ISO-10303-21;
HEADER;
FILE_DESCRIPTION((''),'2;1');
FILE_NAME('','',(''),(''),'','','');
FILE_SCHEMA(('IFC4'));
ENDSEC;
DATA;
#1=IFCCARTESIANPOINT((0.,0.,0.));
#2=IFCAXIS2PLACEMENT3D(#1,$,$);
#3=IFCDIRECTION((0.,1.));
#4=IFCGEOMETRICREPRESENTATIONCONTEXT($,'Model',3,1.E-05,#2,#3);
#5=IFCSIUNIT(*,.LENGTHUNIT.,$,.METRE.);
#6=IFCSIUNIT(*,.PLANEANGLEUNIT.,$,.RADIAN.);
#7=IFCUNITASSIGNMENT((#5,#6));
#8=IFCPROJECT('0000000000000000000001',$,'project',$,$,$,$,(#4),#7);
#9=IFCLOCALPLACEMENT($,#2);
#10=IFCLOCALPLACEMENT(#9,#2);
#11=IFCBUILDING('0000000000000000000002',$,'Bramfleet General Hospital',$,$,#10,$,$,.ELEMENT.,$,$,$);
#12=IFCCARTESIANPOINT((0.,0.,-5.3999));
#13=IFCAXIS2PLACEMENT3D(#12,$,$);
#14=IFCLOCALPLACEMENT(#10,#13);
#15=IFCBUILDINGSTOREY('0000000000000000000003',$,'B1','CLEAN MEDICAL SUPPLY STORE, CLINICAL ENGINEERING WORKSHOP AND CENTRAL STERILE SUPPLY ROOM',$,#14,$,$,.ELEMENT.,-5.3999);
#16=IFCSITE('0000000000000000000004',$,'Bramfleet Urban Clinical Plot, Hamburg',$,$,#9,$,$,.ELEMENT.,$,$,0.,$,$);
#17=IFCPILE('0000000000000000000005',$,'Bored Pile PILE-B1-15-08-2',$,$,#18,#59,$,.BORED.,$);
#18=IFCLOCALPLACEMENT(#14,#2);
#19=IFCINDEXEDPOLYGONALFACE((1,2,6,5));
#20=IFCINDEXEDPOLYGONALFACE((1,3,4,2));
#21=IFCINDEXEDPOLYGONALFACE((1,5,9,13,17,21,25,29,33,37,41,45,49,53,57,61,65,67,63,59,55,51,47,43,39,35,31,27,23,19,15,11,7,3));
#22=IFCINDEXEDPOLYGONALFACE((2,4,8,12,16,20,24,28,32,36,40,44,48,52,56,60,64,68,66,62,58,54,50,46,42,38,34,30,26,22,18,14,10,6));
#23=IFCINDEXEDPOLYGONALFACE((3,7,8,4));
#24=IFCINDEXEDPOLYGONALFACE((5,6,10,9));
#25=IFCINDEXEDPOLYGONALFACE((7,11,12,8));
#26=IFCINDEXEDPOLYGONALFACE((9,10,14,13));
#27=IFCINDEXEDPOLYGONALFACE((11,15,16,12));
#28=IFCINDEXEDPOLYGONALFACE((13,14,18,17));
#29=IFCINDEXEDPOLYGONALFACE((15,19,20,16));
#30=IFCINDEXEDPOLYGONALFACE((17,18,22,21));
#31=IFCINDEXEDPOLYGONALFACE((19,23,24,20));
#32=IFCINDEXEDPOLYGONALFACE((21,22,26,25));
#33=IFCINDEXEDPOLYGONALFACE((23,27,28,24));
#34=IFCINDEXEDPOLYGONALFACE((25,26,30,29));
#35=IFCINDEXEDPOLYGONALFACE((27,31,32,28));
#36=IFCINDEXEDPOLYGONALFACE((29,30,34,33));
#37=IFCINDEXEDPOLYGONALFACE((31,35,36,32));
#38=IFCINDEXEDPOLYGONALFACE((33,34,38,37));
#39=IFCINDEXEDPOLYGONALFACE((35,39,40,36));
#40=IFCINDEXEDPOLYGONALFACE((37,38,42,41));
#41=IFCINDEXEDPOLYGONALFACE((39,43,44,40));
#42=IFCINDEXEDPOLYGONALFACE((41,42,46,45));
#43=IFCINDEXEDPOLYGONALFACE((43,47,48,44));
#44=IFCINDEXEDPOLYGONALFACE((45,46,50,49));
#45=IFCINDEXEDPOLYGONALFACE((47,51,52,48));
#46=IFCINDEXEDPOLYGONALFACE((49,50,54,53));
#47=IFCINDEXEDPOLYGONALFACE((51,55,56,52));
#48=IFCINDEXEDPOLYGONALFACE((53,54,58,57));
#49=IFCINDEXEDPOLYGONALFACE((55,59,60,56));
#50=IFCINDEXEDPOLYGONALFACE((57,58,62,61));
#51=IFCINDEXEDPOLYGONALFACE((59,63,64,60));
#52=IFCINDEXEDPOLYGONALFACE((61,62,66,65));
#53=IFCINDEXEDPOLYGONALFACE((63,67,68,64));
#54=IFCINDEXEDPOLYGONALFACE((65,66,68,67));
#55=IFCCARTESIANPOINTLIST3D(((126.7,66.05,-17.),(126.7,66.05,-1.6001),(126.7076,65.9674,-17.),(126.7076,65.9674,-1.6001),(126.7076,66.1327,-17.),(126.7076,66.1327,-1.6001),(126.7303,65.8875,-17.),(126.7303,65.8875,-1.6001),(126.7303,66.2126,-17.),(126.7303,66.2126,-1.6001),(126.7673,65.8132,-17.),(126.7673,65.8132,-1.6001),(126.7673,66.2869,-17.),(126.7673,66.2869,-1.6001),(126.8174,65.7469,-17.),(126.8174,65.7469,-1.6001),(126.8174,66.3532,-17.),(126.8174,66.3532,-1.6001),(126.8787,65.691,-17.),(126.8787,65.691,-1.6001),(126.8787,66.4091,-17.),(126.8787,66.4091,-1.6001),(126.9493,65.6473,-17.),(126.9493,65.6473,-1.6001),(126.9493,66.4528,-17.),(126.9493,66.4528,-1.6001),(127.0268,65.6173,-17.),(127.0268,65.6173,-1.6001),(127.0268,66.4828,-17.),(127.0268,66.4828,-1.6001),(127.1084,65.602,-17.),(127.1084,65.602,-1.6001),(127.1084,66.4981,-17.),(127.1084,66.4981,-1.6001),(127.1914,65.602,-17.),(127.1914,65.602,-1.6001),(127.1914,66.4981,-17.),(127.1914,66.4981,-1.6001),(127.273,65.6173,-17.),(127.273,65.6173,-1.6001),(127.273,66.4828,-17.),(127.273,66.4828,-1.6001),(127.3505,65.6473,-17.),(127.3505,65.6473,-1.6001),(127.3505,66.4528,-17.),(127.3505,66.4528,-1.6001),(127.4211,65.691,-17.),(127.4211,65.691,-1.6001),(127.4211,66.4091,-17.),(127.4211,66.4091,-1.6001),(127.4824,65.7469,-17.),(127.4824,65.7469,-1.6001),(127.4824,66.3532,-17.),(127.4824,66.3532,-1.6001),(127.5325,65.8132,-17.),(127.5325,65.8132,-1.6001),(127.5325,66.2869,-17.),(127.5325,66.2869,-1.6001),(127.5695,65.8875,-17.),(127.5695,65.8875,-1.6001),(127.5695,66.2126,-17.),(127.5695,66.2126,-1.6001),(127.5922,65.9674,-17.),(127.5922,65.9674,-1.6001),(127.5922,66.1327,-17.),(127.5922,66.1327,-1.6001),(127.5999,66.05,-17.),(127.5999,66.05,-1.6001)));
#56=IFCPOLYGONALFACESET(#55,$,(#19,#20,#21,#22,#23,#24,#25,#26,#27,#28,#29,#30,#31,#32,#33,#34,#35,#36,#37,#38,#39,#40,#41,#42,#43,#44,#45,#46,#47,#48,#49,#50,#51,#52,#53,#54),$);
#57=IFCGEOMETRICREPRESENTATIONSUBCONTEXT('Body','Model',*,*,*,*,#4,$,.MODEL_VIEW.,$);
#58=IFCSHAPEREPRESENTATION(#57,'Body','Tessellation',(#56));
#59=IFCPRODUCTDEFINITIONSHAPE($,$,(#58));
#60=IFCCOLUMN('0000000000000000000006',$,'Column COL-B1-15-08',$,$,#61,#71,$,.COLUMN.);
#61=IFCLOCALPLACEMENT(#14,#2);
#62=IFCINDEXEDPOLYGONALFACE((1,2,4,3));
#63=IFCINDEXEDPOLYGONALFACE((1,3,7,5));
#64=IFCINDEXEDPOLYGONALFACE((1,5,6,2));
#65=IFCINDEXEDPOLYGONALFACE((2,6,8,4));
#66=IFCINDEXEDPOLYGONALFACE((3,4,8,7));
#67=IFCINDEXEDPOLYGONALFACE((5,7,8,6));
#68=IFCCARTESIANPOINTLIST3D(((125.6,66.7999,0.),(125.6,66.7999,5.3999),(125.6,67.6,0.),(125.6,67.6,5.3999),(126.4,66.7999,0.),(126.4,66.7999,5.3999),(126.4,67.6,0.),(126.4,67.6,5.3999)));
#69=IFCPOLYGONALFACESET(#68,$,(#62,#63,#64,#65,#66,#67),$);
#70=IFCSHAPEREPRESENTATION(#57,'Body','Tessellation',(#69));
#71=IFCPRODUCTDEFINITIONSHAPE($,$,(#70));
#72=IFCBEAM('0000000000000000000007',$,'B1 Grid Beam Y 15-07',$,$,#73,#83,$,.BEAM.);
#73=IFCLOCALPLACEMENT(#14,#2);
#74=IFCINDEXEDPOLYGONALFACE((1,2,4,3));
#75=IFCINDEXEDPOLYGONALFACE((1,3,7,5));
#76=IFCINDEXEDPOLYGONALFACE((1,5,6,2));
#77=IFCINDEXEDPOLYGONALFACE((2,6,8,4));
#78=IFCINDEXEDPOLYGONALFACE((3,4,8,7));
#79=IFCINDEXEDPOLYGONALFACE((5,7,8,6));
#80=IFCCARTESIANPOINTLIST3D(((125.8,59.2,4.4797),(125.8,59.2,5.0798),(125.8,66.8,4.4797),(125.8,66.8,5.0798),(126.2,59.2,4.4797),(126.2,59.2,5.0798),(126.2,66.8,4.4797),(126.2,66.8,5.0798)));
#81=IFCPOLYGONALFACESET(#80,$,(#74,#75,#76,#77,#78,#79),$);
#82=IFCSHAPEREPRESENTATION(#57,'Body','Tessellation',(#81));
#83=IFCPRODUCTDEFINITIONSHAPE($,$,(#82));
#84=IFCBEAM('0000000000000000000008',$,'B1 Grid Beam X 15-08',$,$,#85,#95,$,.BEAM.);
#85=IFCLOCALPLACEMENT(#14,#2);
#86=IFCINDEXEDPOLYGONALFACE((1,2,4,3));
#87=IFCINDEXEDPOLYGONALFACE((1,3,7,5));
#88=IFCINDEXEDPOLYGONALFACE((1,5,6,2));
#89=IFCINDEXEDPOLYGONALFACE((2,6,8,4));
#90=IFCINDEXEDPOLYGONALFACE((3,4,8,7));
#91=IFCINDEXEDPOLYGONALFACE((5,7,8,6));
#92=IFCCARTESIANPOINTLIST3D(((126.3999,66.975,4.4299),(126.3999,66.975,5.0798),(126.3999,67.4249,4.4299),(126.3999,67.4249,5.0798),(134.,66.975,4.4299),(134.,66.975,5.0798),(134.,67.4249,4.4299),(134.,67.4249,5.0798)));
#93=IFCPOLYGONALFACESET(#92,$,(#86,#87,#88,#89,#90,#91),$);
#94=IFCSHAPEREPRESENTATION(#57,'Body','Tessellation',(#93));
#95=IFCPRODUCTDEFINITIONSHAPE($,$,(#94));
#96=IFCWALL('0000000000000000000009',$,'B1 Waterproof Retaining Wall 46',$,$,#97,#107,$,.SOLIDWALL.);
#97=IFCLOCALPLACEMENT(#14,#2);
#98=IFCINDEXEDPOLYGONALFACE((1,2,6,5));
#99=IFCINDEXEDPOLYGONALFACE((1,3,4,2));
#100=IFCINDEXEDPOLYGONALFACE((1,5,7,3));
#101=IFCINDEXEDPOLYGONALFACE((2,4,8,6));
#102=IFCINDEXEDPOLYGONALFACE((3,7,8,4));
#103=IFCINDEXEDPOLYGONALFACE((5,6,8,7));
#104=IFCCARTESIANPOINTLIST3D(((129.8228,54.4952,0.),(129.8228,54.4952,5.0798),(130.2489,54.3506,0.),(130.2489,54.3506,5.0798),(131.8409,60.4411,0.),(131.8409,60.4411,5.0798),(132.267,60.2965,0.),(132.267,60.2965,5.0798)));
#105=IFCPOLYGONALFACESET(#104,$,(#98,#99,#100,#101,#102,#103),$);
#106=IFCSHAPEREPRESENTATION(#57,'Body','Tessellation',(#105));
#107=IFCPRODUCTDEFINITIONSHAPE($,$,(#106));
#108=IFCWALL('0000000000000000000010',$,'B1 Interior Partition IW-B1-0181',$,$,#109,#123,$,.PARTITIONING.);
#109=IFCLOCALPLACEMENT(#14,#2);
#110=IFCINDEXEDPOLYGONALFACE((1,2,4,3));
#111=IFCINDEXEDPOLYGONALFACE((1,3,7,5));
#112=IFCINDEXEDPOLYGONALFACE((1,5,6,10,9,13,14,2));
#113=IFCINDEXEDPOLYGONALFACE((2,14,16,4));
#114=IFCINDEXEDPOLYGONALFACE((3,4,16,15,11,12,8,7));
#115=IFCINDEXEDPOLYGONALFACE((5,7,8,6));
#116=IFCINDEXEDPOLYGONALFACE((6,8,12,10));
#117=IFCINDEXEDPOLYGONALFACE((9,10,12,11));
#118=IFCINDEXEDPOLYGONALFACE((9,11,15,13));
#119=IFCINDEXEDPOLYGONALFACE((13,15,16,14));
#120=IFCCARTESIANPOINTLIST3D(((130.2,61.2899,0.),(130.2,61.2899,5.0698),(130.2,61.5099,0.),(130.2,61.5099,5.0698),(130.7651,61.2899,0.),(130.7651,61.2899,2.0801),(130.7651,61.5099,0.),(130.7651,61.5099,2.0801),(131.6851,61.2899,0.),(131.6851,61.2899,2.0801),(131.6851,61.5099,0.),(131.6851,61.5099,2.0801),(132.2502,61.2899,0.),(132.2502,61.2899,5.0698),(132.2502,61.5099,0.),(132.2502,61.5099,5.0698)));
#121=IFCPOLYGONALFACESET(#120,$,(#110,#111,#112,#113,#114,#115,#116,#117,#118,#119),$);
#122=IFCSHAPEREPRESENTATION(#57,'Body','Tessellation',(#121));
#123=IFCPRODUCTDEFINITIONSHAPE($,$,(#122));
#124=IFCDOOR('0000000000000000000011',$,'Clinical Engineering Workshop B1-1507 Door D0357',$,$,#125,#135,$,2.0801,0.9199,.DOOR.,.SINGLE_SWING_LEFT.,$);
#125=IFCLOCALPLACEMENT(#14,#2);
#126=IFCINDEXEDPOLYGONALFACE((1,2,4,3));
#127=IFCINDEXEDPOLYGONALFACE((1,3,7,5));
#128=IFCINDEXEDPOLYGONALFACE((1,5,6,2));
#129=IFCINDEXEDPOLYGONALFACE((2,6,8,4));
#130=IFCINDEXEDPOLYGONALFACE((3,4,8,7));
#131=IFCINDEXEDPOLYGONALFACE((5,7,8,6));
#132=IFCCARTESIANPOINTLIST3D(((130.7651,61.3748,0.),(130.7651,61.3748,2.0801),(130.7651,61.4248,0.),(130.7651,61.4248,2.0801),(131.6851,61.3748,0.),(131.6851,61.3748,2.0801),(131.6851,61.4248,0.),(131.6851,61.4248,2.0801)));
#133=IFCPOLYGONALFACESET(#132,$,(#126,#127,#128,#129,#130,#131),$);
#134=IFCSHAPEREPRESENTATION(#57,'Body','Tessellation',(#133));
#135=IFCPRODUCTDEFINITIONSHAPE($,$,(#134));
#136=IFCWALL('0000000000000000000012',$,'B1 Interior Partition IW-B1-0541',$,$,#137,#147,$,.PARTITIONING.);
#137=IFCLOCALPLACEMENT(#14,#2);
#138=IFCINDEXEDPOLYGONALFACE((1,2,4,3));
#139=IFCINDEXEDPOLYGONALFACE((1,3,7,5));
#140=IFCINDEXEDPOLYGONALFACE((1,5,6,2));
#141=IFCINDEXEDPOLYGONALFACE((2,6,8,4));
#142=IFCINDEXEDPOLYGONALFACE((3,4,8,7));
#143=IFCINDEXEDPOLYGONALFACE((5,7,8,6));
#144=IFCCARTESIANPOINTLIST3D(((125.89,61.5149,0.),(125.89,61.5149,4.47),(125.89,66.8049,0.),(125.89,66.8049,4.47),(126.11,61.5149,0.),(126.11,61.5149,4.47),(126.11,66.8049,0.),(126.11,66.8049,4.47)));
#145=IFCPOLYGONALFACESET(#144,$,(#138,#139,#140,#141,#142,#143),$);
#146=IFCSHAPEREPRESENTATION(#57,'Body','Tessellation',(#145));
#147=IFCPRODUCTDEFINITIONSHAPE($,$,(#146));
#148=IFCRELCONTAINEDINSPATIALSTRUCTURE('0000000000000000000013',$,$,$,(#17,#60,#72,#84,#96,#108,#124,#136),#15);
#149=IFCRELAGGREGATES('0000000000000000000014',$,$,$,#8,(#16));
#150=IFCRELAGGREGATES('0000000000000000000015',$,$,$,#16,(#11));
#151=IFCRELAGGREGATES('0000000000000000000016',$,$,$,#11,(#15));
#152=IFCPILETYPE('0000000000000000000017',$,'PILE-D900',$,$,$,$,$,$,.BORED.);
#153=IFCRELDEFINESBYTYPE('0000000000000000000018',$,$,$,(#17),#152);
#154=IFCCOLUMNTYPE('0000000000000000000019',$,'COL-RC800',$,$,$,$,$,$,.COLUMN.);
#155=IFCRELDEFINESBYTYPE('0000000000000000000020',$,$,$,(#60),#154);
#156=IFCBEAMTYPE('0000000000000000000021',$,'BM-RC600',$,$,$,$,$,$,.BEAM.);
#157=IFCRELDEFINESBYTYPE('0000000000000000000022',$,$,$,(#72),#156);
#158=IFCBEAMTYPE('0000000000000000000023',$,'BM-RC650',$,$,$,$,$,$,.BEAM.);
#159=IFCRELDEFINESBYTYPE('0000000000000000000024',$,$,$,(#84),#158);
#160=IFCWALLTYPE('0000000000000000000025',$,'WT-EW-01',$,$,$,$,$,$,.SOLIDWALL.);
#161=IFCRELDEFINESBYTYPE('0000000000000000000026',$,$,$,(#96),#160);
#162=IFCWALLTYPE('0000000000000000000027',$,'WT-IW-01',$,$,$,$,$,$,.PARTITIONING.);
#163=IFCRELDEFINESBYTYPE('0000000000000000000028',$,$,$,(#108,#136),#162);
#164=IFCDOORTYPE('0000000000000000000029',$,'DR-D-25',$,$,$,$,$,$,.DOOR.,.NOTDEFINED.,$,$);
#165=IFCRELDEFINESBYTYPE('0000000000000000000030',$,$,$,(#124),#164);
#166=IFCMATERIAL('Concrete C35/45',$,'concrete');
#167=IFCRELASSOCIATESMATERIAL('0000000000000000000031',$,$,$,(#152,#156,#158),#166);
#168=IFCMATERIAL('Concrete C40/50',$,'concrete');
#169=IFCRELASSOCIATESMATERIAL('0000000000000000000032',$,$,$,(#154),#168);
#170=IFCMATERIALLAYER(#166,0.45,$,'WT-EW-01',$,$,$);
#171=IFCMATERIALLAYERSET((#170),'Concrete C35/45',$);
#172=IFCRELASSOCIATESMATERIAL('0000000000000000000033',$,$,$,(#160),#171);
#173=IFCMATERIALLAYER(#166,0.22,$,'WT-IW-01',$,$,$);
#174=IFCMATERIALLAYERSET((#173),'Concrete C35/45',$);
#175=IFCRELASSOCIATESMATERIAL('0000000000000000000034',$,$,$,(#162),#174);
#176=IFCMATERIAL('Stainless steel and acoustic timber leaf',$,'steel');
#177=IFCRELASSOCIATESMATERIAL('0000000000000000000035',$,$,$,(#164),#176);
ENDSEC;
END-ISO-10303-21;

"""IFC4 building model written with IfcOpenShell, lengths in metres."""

from ifc_helpers import new_model, si_unit, direction, frame, frame_2d, origin, origin_2d, place, context, subcontext, project, spatial, rectangle, circle, extrude, material, layer, layer_set, material_profile, profile_set, type_object, element, fill, save


model = new_model("IFC4")

# Units and contexts
model_context = context("Model", 3, precision=1e-05, world=origin(), true_north=direction((0.0, 1.0)))
body_context = subcontext(model_context, "Body", "Model", "MODEL_VIEW")
ifc_project = project(units=[si_unit("LENGTHUNIT", "METRE"), si_unit("PLANEANGLEUNIT", "RADIAN")], contexts=[model_context])

# Site, building, storey
site_placement = place(None, origin())
site = spatial("IfcSite", under=ifc_project, at=site_placement, Name="Bramfleet Urban Clinical Plot, Hamburg", CompositionType="ELEMENT", RefElevation=0.0)
building_placement = place(site_placement, origin())
building = spatial("IfcBuilding", under=site, at=building_placement, Name="Bramfleet General Hospital", CompositionType="ELEMENT")
storey_placement = place(building_placement, frame((0.0, 0.0, -5.3999)))
storey = spatial("IfcBuildingStorey", under=building, at=storey_placement, Name="B1", Description="CLEAN MEDICAL SUPPLY STORE, CLINICAL ENGINEERING WORKSHOP AND CENTRAL STERILE SUPPLY ROOM", CompositionType="ELEMENT", Elevation=-5.3999)

# Shared definitions
ifc_material_1 = material(Name="Concrete C35/45", Category="concrete")

# Pile
ifc_material_profile_1 = material_profile(ifc_material_1, circle(Radius=0.45, at=origin_2d()), Name="PILE BORED D900")
ifc_profile_set_1 = profile_set([ifc_material_profile_1], Name="Concrete C35/45")
pile_type = type_object("IfcPileType", Name="PILE-D900", PredefinedType="BORED", material=ifc_profile_set_1)
for number, where, z_axis, x_axis, name in (
    (1, (127.1499, 66.05, -1.6001), (0.0, 0.0, -1.0), (1.0, 0.0, 0.0), "Bored Pile PILE-B1-15-08-2"),
):
    element("IfcPile", number, at=place(storey_placement, frame(where, z_axis=z_axis, x_axis=x_axis)), inside=storey, type_object=pile_type, Name=name, PredefinedType="BORED", context=body_context, shape_type="SweptSolid", body=[
        extrude(circle(Radius=0.45, at=origin_2d()), origin(), (0.0, 0.0, 1.0), 15.3999),
    ])

# Column
ifc_material_2 = material(Name="Concrete C40/50", Category="concrete")
ifc_material_profile_2 = material_profile(ifc_material_2, rectangle(XDim=0.8, YDim=0.8, at=origin_2d()), Name="RC COL 800x800")
ifc_profile_set_2 = profile_set([ifc_material_profile_2], Name="Concrete C40/50")
column_type = type_object("IfcColumnType", Name="COL-RC800", PredefinedType="COLUMN", material=ifc_profile_set_2)
column_placement = place(storey_placement, frame((126.0, 67.2, 0.0), z_axis=(0.0, 0.0, 1.0), x_axis=(1.0, 0.0, 0.0)))
element("IfcColumn", 2, at=column_placement, inside=storey, type_object=column_type, Name="Column COL-B1-15-08", PredefinedType="COLUMN", context=body_context, shape_type="SweptSolid", body=[
    extrude(rectangle(XDim=0.8, YDim=0.8, at=origin_2d()), origin(), (0.0, 0.0, 1.0), 5.3999),
])

# Beams
ifc_material_profile_3 = material_profile(ifc_material_1, rectangle(XDim=0.3999, YDim=0.6001, at=origin_2d()), Name="RC BM 600x400")
ifc_profile_set_3 = profile_set([ifc_material_profile_3], Name="Concrete C35/45")
beam_type_1 = type_object("IfcBeamType", Name="BM-RC600", PredefinedType="BEAM", material=ifc_profile_set_3)
beam_1_placement = place(storey_placement, frame((126.0, 59.2, 4.7798), z_axis=(0.0, 1.0, 0.0), x_axis=(-1.0, 0.0, 0.0)))
element("IfcBeam", 3, at=beam_1_placement, inside=storey, type_object=beam_type_1, Name="B1 Grid Beam Y 15-07", PredefinedType="BEAM", context=body_context, shape_type="SweptSolid", body=[
    extrude(rectangle(XDim=0.3999, YDim=0.6001, at=origin_2d()), origin(), (0.0, 0.0, 1.0), 7.6001),
])
ifc_material_profile_4 = material_profile(ifc_material_1, rectangle(XDim=0.45, YDim=0.6499, at=origin_2d()), Name="RC BM 650x450")
ifc_profile_set_4 = profile_set([ifc_material_profile_4], Name="Concrete C35/45")
beam_type_2 = type_object("IfcBeamType", Name="BM-RC650", PredefinedType="BEAM", material=ifc_profile_set_4)
beam_2_placement = place(storey_placement, frame((126.3999, 67.2, 4.7549), z_axis=(1.0, 0.0, 0.0), x_axis=(0.0, 1.0, 0.0)))
element("IfcBeam", 4, at=beam_2_placement, inside=storey, type_object=beam_type_2, Name="B1 Grid Beam X 15-08", PredefinedType="BEAM", context=body_context, shape_type="SweptSolid", body=[
    extrude(rectangle(XDim=0.45, YDim=0.6499, at=origin_2d()), origin(), (0.0, 0.0, 1.0), 7.6001),
])

# Wall
ifc_layer_1 = layer(ifc_material_1, 0.45, Name="WT-EW-01")
ifc_layer_set_1 = layer_set([ifc_layer_1], Name="Concrete C35/45")
wall_type_1 = type_object("IfcWallType", Name="WT-EW-01", PredefinedType="SOLIDWALL", material=ifc_layer_set_1)
wall_1_placement = place(storey_placement, frame((132.054, 60.3689, 0.0), z_axis=(0.0, 0.0, 1.0), x_axis=(-0.321402, -0.946943, 0.0)))
element("IfcWall", 5, at=wall_1_placement, inside=storey, type_object=wall_type_1, Name="B1 Waterproof Retaining Wall 46", PredefinedType="SOLIDWALL", context=body_context, shape_type="SweptSolid", body=[
    extrude(rectangle(XDim=6.2791, YDim=0.45, at=frame_2d((3.1396, 0.0))), origin(), (0.0, 0.0, 1.0), 5.0798),
])

# Wall, opening, door
ifc_layer_2 = layer(ifc_material_1, 0.22, Name="WT-IW-01")
ifc_layer_set_2 = layer_set([ifc_layer_2], Name="Concrete C35/45")
wall_type_2 = type_object("IfcWallType", Name="WT-IW-01", PredefinedType="PARTITIONING", material=ifc_layer_set_2)
wall_2_placement = place(storey_placement, frame((130.2, 61.3999, 0.0), z_axis=(0.0, 0.0, 1.0), x_axis=(1.0, 0.0, 0.0)))
wall_2 = element("IfcWall", 6, at=wall_2_placement, inside=storey, type_object=wall_type_2, Name="B1 Interior Partition IW-B1-0181", PredefinedType="PARTITIONING", context=body_context, shape_type="SweptSolid", body=[
    extrude(rectangle(XDim=2.0503, YDim=0.22, at=frame_2d((1.0251, 0.0))), origin(), (0.0, 0.0, 1.0), 5.0698),
])
opening_1_placement = place(wall_2_placement, frame((0.5652, 0.0, 0.0)))
opening_1 = element("IfcOpeningElement", 7, at=opening_1_placement, cuts=wall_2, PredefinedType="OPENING", context=body_context, shape_type="SweptSolid", body=[
    extrude(rectangle(XDim=0.9199, YDim=2.0801, at=frame_2d((0.46, 1.04))), frame((0.0, 0.1199, 0.0), z_axis=(0.0, -1.0, 0.0), x_axis=(1.0, 0.0, 0.0)), (0.0, 0.0, 1.0), 0.24),
])
ifc_material_3 = material(Name="Stainless steel and acoustic timber leaf", Category="steel")
door_type_1 = type_object("IfcDoorType", Name="DR-D-25", OperationType="NOTDEFINED", PredefinedType="DOOR", material=ifc_material_3)
door_1_placement = place(opening_1_placement, origin())
door_1 = element("IfcDoor", 8, at=door_1_placement, inside=storey, type_object=door_type_1, Name="Clinical Engineering Workshop B1-1507 Door D0357", OperationType="SINGLE_SWING_LEFT", OverallHeight=2.0801, OverallWidth=0.9199, PredefinedType="DOOR", context=body_context, shape_type="SweptSolid", body=[
    extrude(rectangle(XDim=0.9199, YDim=2.0801, at=frame_2d((0.46, 1.04))), frame((0.0, 0.0249, 0.0), z_axis=(0.0, -1.0, 0.0), x_axis=(1.0, 0.0, 0.0)), (0.0, 0.0, 1.0), 0.05),
])
fill(opening_1, door_1)

# Wall
wall_3_placement = place(storey_placement, frame((126.0, 61.5149, 0.0), z_axis=(0.0, 0.0, 1.0), x_axis=(0.0, 1.0, 0.0)))
element("IfcWall", 9, at=wall_3_placement, inside=storey, type_object=wall_type_2, Name="B1 Interior Partition IW-B1-0541", PredefinedType="PARTITIONING", context=body_context, shape_type="SweptSolid", body=[
    extrude(rectangle(XDim=5.29, YDim=0.22, at=frame_2d((2.645, 0.0))), origin(), (0.0, 0.0, 1.0), 4.47),
])

save(model, "model.ifc")
